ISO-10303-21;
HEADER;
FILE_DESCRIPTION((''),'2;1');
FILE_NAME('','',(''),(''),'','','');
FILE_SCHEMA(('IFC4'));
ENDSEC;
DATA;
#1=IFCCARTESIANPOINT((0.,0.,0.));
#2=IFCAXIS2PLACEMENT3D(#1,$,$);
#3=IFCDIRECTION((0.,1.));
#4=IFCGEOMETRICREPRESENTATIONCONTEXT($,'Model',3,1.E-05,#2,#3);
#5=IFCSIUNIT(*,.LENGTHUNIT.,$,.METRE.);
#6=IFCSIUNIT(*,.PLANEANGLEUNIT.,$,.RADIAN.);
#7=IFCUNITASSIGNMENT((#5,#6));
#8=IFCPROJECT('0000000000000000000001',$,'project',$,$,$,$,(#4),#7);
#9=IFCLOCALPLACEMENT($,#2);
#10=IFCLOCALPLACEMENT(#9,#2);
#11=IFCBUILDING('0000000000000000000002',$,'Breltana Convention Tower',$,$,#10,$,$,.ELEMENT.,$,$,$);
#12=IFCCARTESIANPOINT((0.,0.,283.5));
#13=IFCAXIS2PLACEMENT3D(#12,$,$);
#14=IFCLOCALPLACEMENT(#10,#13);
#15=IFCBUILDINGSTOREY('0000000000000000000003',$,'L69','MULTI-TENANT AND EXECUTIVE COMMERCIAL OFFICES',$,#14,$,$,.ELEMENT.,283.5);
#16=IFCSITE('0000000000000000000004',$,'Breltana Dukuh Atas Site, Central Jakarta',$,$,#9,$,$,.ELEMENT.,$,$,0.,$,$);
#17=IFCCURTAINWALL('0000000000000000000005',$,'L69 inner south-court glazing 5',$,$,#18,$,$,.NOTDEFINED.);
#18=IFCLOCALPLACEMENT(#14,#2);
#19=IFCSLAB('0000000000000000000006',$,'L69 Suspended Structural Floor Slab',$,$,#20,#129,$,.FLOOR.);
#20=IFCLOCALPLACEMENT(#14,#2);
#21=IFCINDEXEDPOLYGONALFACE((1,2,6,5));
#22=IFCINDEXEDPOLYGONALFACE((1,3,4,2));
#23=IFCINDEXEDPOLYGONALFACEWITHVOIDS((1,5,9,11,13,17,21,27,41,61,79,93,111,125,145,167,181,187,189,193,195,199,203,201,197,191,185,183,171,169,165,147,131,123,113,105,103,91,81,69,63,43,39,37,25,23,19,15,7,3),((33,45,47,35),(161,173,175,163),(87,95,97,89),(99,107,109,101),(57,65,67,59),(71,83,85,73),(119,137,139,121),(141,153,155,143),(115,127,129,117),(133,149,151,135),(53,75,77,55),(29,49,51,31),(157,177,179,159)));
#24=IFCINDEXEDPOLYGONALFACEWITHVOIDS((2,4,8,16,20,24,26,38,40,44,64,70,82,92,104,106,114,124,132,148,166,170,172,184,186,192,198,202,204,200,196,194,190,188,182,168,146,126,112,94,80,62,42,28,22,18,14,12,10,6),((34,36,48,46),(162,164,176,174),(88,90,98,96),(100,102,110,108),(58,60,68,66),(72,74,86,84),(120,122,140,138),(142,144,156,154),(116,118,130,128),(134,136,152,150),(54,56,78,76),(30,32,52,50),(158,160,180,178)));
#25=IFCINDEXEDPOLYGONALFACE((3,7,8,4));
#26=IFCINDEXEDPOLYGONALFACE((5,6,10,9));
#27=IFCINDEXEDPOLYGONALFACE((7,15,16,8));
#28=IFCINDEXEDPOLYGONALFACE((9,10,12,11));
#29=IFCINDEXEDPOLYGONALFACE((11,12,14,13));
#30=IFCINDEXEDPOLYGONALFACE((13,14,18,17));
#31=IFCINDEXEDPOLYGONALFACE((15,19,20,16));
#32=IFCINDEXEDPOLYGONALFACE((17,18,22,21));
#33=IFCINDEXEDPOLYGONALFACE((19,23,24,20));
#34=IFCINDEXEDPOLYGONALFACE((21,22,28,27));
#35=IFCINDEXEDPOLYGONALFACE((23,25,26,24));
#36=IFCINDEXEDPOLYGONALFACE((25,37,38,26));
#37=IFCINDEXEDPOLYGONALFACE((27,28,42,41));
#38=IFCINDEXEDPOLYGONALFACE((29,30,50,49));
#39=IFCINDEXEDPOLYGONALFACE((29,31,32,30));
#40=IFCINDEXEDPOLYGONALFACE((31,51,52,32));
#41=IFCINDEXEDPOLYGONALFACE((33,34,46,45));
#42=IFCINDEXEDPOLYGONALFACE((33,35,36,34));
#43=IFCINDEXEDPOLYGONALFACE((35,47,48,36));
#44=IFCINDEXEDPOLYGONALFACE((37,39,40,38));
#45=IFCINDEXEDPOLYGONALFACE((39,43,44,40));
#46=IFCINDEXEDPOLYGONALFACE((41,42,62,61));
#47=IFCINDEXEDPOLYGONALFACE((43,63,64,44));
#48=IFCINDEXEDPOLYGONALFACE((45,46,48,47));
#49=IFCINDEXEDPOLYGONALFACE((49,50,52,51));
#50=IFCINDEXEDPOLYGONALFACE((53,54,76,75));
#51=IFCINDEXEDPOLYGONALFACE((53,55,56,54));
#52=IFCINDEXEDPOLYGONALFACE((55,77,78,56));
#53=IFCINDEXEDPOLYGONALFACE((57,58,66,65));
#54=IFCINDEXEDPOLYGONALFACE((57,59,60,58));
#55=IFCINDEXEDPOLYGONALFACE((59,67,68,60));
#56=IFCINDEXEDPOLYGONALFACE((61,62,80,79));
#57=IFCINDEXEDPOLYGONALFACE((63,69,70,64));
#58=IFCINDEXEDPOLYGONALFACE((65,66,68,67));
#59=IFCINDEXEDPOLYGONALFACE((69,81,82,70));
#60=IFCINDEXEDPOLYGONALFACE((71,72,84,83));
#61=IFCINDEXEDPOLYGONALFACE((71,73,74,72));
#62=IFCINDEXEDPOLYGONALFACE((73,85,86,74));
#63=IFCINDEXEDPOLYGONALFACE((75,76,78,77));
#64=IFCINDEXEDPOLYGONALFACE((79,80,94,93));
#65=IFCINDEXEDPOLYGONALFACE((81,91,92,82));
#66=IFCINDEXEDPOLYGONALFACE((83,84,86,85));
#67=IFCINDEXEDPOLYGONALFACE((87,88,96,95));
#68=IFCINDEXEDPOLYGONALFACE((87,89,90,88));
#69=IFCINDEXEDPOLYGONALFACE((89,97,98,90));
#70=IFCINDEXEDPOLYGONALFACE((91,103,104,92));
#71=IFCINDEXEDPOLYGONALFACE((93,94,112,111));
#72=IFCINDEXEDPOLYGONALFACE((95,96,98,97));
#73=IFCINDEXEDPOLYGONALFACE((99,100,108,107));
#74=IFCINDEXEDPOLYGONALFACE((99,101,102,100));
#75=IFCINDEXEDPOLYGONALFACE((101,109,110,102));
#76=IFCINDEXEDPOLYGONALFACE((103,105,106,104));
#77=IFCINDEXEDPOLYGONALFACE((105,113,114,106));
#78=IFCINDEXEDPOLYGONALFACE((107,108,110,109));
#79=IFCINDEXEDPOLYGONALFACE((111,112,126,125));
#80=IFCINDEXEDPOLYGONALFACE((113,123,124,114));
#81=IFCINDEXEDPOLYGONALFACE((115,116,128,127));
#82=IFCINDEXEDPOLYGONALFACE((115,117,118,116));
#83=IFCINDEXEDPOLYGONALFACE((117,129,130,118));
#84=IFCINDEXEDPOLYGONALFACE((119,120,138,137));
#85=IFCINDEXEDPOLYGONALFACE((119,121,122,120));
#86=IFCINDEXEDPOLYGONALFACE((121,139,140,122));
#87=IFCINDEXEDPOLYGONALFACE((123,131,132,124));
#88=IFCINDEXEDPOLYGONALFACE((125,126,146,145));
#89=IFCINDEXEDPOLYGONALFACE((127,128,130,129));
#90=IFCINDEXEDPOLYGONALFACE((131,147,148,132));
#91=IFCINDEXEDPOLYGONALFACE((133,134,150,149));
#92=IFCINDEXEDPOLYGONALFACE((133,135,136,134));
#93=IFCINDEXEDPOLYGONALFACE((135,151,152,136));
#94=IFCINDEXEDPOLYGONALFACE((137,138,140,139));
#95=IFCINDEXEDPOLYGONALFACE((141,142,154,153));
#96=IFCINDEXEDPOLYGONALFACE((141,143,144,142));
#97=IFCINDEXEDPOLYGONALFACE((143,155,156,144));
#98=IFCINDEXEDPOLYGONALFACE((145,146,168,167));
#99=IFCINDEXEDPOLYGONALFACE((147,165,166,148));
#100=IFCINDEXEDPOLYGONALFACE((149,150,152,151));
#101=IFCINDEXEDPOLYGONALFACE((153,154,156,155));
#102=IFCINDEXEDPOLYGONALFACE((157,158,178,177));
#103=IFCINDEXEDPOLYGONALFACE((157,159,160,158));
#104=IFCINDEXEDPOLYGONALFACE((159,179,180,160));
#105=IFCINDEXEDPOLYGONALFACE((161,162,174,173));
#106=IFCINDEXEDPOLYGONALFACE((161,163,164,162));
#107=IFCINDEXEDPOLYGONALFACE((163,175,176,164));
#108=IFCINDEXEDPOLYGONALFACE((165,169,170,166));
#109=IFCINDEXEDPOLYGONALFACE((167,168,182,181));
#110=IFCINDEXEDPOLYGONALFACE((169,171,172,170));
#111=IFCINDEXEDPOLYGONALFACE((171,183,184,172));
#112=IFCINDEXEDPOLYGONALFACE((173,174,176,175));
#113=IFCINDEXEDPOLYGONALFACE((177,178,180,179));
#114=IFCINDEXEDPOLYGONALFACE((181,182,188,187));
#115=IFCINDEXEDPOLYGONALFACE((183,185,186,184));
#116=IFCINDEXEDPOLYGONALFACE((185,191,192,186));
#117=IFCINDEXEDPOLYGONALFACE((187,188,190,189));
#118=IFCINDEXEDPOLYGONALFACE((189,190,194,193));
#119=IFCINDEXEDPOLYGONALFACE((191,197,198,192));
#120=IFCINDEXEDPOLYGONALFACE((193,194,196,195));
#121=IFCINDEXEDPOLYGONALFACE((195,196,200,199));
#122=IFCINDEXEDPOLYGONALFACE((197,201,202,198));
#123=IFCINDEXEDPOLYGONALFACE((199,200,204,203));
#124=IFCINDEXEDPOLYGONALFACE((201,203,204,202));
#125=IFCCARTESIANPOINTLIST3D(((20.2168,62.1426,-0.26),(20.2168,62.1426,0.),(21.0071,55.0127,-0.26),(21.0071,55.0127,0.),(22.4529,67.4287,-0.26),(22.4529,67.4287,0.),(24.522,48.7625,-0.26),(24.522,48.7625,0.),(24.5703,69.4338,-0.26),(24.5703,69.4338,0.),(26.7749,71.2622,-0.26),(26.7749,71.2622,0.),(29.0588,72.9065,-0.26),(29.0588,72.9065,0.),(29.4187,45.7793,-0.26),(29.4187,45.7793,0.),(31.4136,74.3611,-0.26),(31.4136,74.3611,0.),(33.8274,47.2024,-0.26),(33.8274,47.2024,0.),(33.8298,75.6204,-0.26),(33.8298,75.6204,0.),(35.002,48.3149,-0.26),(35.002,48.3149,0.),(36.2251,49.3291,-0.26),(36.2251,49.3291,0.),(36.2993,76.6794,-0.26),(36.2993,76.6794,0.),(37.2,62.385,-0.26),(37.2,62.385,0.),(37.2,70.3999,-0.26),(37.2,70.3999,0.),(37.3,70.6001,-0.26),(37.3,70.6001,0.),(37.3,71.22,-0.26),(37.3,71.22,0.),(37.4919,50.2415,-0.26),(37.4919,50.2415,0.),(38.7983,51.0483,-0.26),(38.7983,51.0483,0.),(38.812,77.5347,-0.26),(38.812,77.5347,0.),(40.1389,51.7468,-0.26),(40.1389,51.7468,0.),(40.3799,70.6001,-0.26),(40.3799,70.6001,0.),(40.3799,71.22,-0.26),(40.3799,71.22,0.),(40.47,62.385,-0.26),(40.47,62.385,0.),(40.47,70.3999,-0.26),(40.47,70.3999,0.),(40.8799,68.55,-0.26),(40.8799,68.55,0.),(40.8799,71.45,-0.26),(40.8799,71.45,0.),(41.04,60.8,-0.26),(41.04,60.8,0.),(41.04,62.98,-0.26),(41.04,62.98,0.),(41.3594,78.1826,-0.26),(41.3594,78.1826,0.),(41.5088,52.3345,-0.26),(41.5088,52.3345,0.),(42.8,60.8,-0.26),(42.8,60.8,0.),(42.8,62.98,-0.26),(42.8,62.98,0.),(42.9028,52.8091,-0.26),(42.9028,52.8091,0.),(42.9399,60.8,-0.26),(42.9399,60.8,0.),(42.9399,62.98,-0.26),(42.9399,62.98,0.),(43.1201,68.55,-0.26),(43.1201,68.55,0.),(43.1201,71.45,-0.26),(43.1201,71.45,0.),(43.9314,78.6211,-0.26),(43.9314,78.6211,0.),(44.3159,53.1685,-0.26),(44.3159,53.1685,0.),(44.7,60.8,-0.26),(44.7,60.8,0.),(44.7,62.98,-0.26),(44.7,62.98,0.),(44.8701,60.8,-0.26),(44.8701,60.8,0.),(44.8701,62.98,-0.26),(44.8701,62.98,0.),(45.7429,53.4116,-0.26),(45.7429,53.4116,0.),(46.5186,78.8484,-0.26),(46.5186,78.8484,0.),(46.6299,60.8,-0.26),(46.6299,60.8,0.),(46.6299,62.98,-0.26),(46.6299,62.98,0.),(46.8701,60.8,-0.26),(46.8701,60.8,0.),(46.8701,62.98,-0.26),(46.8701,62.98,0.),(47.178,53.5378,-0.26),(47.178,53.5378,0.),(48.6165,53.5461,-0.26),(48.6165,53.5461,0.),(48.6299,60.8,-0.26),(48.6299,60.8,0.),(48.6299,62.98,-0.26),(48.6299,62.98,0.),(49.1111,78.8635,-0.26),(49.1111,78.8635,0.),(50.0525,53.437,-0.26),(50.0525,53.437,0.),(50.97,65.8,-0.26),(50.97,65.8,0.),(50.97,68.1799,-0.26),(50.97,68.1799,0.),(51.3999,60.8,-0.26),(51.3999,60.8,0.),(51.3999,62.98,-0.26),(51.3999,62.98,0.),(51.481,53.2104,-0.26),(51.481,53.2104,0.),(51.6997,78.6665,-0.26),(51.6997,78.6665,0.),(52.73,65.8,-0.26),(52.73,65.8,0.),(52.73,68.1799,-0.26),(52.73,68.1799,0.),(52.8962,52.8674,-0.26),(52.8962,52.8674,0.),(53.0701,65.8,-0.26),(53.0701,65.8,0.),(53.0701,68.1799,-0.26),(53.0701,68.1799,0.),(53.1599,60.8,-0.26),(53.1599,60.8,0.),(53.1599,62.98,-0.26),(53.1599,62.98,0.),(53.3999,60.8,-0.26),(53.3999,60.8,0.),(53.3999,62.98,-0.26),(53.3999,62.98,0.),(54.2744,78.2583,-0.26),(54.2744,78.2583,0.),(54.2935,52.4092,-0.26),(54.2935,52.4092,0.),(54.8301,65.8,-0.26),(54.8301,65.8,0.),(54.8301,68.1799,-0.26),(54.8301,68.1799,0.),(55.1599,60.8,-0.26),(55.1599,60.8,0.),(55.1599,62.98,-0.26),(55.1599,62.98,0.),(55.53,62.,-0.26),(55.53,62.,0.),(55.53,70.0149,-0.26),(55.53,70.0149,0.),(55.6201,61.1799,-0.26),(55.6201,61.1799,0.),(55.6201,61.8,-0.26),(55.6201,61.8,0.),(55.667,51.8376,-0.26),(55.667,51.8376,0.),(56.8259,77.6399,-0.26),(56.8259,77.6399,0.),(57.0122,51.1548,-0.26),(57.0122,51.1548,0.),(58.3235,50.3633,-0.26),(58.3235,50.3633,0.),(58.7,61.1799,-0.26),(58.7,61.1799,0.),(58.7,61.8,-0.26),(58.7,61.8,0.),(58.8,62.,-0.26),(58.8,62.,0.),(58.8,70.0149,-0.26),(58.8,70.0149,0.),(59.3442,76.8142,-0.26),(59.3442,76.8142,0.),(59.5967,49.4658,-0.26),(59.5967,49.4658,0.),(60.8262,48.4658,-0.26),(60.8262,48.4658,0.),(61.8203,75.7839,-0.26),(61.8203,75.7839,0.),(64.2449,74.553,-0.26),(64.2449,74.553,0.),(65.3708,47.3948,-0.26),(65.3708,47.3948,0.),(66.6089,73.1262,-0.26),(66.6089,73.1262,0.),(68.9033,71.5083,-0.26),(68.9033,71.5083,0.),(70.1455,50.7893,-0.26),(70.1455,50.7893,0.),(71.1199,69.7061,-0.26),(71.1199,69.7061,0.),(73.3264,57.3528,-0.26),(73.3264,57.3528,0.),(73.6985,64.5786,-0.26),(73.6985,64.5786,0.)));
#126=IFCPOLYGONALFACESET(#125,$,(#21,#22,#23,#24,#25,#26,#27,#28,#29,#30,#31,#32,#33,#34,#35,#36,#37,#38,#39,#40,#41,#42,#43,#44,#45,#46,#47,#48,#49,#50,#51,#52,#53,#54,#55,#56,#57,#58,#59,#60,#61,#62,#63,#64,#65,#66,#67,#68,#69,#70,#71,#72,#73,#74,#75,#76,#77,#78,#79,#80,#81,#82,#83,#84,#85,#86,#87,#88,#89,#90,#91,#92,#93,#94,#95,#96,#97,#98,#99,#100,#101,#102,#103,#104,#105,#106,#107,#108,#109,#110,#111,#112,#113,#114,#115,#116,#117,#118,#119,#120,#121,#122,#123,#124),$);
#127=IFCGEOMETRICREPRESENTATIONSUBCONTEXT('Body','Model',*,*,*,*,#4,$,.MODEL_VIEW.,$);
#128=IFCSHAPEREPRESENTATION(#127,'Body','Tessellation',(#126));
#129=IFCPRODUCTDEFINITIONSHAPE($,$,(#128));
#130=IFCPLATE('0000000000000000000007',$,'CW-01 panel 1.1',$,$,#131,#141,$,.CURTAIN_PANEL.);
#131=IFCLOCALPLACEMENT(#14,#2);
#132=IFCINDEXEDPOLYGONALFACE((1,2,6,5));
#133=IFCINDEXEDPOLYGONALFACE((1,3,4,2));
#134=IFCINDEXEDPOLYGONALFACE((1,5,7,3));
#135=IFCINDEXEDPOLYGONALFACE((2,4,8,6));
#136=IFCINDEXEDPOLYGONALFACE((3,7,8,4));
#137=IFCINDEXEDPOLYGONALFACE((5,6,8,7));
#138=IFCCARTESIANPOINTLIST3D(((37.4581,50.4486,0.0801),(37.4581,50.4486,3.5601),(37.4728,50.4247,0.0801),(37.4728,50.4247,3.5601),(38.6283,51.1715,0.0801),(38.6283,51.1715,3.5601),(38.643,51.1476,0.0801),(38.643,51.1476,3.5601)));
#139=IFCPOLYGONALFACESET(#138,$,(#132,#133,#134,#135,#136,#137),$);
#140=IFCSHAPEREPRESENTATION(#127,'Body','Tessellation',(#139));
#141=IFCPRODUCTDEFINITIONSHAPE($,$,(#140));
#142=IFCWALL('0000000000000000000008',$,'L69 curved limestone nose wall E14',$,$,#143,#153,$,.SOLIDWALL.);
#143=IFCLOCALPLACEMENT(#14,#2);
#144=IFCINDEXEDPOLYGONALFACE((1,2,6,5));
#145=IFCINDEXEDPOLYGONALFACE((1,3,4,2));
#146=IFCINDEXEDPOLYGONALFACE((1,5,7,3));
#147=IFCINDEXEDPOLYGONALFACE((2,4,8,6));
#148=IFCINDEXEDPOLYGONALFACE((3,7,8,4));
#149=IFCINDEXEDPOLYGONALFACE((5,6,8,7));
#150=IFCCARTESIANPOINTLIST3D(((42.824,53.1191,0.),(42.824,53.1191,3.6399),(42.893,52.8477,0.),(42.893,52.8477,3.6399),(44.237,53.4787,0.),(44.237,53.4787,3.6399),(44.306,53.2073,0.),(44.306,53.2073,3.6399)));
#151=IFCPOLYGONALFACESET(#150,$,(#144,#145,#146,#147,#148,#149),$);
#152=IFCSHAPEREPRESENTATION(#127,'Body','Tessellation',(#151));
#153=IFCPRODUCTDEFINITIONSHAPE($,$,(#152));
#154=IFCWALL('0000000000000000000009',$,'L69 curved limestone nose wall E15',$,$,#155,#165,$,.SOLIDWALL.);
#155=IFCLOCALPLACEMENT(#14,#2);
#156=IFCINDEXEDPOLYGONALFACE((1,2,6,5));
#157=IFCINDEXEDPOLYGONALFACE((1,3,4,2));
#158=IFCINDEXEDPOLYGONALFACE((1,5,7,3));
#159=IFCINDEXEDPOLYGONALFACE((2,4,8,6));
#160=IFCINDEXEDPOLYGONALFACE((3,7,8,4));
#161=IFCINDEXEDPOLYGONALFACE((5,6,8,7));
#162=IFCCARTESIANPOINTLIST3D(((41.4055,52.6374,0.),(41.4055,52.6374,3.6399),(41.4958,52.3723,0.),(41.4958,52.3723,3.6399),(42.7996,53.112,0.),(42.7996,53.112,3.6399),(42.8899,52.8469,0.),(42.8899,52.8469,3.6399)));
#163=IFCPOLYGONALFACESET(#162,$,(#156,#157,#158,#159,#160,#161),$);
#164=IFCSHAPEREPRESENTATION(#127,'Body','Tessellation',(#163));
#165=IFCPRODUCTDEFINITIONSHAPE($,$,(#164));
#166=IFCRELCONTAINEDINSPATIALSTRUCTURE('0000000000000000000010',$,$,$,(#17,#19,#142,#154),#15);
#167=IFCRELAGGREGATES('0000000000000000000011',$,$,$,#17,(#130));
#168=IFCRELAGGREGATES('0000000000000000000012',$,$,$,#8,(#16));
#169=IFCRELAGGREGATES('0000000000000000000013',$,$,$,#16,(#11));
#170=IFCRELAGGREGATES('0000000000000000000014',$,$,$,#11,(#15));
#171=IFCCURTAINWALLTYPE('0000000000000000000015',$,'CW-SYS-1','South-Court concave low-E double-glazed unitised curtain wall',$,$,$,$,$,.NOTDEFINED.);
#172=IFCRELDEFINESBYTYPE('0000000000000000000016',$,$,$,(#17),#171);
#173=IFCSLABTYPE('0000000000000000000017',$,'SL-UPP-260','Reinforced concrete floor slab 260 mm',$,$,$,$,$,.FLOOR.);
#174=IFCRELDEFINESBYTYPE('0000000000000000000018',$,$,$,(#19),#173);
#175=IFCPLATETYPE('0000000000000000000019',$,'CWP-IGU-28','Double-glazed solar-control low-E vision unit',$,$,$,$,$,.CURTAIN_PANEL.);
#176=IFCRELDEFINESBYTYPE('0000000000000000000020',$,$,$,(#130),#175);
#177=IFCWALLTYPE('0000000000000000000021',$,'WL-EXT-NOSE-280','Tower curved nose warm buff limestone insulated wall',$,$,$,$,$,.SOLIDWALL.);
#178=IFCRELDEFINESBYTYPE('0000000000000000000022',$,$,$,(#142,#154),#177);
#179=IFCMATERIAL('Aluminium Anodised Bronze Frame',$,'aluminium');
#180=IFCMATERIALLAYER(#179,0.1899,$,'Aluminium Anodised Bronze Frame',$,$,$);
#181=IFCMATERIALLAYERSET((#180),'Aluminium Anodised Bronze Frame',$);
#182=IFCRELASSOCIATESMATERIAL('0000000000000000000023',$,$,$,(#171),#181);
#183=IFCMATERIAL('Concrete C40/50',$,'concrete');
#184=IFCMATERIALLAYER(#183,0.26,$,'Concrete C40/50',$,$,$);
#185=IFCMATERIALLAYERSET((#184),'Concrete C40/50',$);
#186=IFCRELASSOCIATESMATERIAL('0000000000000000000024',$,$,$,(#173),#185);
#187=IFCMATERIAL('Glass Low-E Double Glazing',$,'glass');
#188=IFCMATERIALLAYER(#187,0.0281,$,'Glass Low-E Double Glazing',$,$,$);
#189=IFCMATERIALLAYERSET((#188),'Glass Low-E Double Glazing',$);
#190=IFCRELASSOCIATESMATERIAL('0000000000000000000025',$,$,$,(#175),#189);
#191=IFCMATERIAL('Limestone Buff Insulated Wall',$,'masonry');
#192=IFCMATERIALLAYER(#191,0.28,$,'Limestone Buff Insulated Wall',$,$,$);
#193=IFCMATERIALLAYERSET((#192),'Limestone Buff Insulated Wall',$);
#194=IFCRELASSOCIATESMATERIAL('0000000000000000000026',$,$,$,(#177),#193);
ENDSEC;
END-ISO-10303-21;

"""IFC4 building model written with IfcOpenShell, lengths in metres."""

from ifc_helpers import new_model, si_unit, direction, frame, frame_2d, origin, origin_2d, place, context, subcontext, project, spatial, polyline, rectangle, outline, extrude, source, transform, mapped, material, layer, layer_set, type_object, element, aggregate, save


model = new_model("IFC4")

# Units and contexts
model_context = context("Model", 3, precision=1e-05, world=origin(), true_north=direction((0.0, 1.0)))
body_context = subcontext(model_context, "Body", "Model", "MODEL_VIEW")
ifc_project = project(units=[si_unit("LENGTHUNIT", "METRE"), si_unit("PLANEANGLEUNIT", "RADIAN")], contexts=[model_context])

# Site, building, storey
site_placement = place(None, origin())
site = spatial("IfcSite", under=ifc_project, at=site_placement, Name="Breltana Dukuh Atas Site, Central Jakarta", CompositionType="ELEMENT", RefElevation=0.0)
building_placement = place(site_placement, origin())
building = spatial("IfcBuilding", under=site, at=building_placement, Name="Breltana Convention Tower", CompositionType="ELEMENT")
storey_placement = place(building_placement, frame((0.0, 0.0, 283.5)))
storey = spatial("IfcBuildingStorey", under=building, at=storey_placement, Name="L69", Description="MULTI-TENANT AND EXECUTIVE COMMERCIAL OFFICES", CompositionType="ELEMENT", Elevation=283.5)

# Shared definitions
ifc_material_1 = material(Name="Aluminium Anodised Bronze Frame", Category="aluminium")
ifc_layer_1 = layer(ifc_material_1, 0.1899, Name="Aluminium Anodised Bronze Frame")
ifc_layer_set_1 = layer_set([ifc_layer_1], Name="Aluminium Anodised Bronze Frame")
curtain_wall_type = type_object("IfcCurtainWallType", Name="CW-SYS-1", Description="South-Court concave low-E double-glazed unitised curtain wall", PredefinedType="NOTDEFINED", material=ifc_layer_set_1)

# Curtain wall
curtain_wall_1_placement = place(storey_placement, origin())
curtain_wall_1 = element("IfcCurtainWall", 1, at=curtain_wall_1_placement, inside=storey, type_object=curtain_wall_type, Name="L69 inner south-court glazing 5", PredefinedType="NOTDEFINED")

# Shared definitions
ifc_material_2 = material(Name="Concrete C40/50", Category="concrete")

# Slab
ifc_layer_2 = layer(ifc_material_2, 0.26, Name="Concrete C40/50")
ifc_layer_set_2 = layer_set([ifc_layer_2], Name="Concrete C40/50")
slab_type_1 = type_object("IfcSlabType", Name="SL-UPP-260", Description="Reinforced concrete floor slab 260 mm", PredefinedType="FLOOR", material=ifc_layer_set_2)
slab_1_placement = place(storey_placement, frame((0.0, 0.0, -0.26)))
element("IfcSlab", 2, at=slab_1_placement, inside=storey, type_object=slab_type_1, Name="L69 Suspended Structural Floor Slab", PredefinedType="FLOOR", context=body_context, shape_type="SweptSolid", body=[
    extrude(outline(polyline([(71.1199, 69.7061), (68.9033, 71.5083), (66.6089, 73.1262), (64.2449, 74.553), (61.8203, 75.7839), (59.3442, 76.8142), (56.8259, 77.6399), (54.2744, 78.2583), (51.6997, 78.6665), (49.1111, 78.8635), (46.5186, 78.8484), (43.9314, 78.6211), (41.3594, 78.1826), (38.812, 77.5347), (36.2993, 76.6794), (33.8298, 75.6204), (31.4136, 74.3611), (29.0588, 72.9065), (26.7749, 71.2622), (24.5703, 69.4338), (22.4529, 67.4287), (20.2168, 62.1426), (21.0071, 55.0127), (24.522, 48.7625), (29.4187, 45.7793), (33.8274, 47.2024), (35.002, 48.3149), (36.2251, 49.3291), (37.4919, 50.2415), (38.7983, 51.0483), (40.1389, 51.7468), (41.5088, 52.3345), (42.9028, 52.8091), (44.3159, 53.1685), (45.7429, 53.4116), (47.178, 53.5378), (48.6165, 53.5461), (50.0525, 53.437), (51.481, 53.2104), (52.8962, 52.8674), (54.2935, 52.4092), (55.667, 51.8376), (57.0122, 51.1548), (58.3235, 50.3633), (59.5967, 49.4658), (60.8262, 48.4658), (65.3708, 47.3948), (70.1455, 50.7893), (73.3264, 57.3528), (73.6985, 64.5786), (71.1199, 69.7061)]), holes=[polyline([(37.2, 62.385), (40.47, 62.385), (40.47, 70.3999), (37.2, 70.3999), (37.2, 62.385)]), polyline([(55.53, 62.0), (58.8, 62.0), (58.8, 70.0149), (55.53, 70.0149), (55.53, 62.0)]), polyline([(41.04, 60.8), (42.8, 60.8), (42.8, 62.98), (41.04, 62.98), (41.04, 60.8)]), polyline([(42.9399, 60.8), (44.7, 60.8), (44.7, 62.98), (42.9399, 62.98), (42.9399, 60.8)]), polyline([(44.8701, 60.8), (46.6299, 60.8), (46.6299, 62.98), (44.8701, 62.98), (44.8701, 60.8)]), polyline([(46.8701, 60.8), (48.6299, 60.8), (48.6299, 62.98), (46.8701, 62.98), (46.8701, 60.8)]), polyline([(51.3999, 60.8), (53.1599, 60.8), (53.1599, 62.98), (51.3999, 62.98), (51.3999, 60.8)]), polyline([(53.3999, 60.8), (55.1599, 60.8), (55.1599, 62.98), (53.3999, 62.98), (53.3999, 60.8)]), polyline([(50.97, 65.8), (52.73, 65.8), (52.73, 68.1799), (50.97, 68.1799), (50.97, 65.8)]), polyline([(53.0701, 65.8), (54.8301, 65.8), (54.8301, 68.1799), (53.0701, 68.1799), (53.0701, 65.8)]), polyline([(40.8799, 68.55), (43.1201, 68.55), (43.1201, 71.45), (40.8799, 71.45), (40.8799, 68.55)]), polyline([(37.3, 70.6001), (40.3799, 70.6001), (40.3799, 71.22), (37.3, 71.22), (37.3, 70.6001)]), polyline([(55.6201, 61.1799), (58.7, 61.1799), (58.7, 61.8), (55.6201, 61.8), (55.6201, 61.1799)])]), origin(), (0.0, 0.0, 1.0), 0.26),
])

# Plate
ifc_material_3 = material(Name="Glass Low-E Double Glazing", Category="glass")
ifc_layer_3 = layer(ifc_material_3, 0.0281, Name="Glass Low-E Double Glazing")
ifc_layer_set_3 = layer_set([ifc_layer_3], Name="Glass Low-E Double Glazing")
plate_type = type_object("IfcPlateType", Name="CWP-IGU-28", Description="Double-glazed solar-control low-E vision unit", PredefinedType="CURTAIN_PANEL", material=ifc_layer_set_3)
shared_shape_1 = source(origin(), body_context, "Body", "SweptSolid", [
    extrude(rectangle(XDim=1.3755, YDim=0.0281, at=origin_2d()), origin(), (0.0, 0.0, 1.0), 3.48),
])
plate_placement = place(storey_placement, frame((38.0505, 50.7981, 0.0801), z_axis=(0.0, 0.0, 1.0), x_axis=(-0.850749, -0.525572, 0.0)))
plate = element("IfcPlate", 3, at=plate_placement, type_object=plate_type, Name="CW-01 panel 1.1", PredefinedType="CURTAIN_PANEL", context=body_context, shape_type="MappedRepresentation", body=[
    mapped(shared_shape_1, transform((0.0, 0.0, 0.0), scale=1.0)),
])
aggregate(curtain_wall_1, [plate])

# Walls
ifc_material_4 = material(Name="Limestone Buff Insulated Wall", Category="masonry")
ifc_layer_4 = layer(ifc_material_4, 0.28, Name="Limestone Buff Insulated Wall")
ifc_layer_set_4 = layer_set([ifc_layer_4], Name="Limestone Buff Insulated Wall")
wall_type_1 = type_object("IfcWallType", Name="WL-EXT-NOSE-280", Description="Tower curved nose warm buff limestone insulated wall", PredefinedType="SOLIDWALL", material=ifc_layer_set_4)
shared_shape_2 = source(origin(), body_context, "Body", "SweptSolid", [
    extrude(rectangle(XDim=1.458, YDim=0.28, at=frame_2d((0.729, 0.0))), origin(), (0.0, 0.0, 1.0), 3.6399),
])
wall_1_placement = place(storey_placement, frame((44.2715, 53.343, 0.0), z_axis=(0.0, 0.0, 1.0), x_axis=(-0.96911, -0.246631, 0.0)))
element("IfcWall", 4, at=wall_1_placement, inside=storey, type_object=wall_type_1, Name="L69 curved limestone nose wall E14", PredefinedType="SOLIDWALL", context=body_context, shape_type="MappedRepresentation", body=[
    mapped(shared_shape_2, transform((0.0, 0.0, 0.0), scale=1.0)),
])
shared_shape_3 = source(origin(), body_context, "Body", "SweptSolid", [
    extrude(rectangle(XDim=1.4727, YDim=0.28, at=frame_2d((0.7363, 0.0))), origin(), (0.0, 0.0, 1.0), 3.6399),
])
wall_2_placement = place(storey_placement, frame((42.8447, 52.9795, 0.0), z_axis=(0.0, 0.0, 1.0), x_axis=(-0.946641, -0.322289, 0.0)))
element("IfcWall", 5, at=wall_2_placement, inside=storey, type_object=wall_type_1, Name="L69 curved limestone nose wall E15", PredefinedType="SOLIDWALL", context=body_context, shape_type="MappedRepresentation", body=[
    mapped(shared_shape_3, transform((0.0, 0.0, 0.0), scale=1.0)),
])

save(model, "model.ifc")
